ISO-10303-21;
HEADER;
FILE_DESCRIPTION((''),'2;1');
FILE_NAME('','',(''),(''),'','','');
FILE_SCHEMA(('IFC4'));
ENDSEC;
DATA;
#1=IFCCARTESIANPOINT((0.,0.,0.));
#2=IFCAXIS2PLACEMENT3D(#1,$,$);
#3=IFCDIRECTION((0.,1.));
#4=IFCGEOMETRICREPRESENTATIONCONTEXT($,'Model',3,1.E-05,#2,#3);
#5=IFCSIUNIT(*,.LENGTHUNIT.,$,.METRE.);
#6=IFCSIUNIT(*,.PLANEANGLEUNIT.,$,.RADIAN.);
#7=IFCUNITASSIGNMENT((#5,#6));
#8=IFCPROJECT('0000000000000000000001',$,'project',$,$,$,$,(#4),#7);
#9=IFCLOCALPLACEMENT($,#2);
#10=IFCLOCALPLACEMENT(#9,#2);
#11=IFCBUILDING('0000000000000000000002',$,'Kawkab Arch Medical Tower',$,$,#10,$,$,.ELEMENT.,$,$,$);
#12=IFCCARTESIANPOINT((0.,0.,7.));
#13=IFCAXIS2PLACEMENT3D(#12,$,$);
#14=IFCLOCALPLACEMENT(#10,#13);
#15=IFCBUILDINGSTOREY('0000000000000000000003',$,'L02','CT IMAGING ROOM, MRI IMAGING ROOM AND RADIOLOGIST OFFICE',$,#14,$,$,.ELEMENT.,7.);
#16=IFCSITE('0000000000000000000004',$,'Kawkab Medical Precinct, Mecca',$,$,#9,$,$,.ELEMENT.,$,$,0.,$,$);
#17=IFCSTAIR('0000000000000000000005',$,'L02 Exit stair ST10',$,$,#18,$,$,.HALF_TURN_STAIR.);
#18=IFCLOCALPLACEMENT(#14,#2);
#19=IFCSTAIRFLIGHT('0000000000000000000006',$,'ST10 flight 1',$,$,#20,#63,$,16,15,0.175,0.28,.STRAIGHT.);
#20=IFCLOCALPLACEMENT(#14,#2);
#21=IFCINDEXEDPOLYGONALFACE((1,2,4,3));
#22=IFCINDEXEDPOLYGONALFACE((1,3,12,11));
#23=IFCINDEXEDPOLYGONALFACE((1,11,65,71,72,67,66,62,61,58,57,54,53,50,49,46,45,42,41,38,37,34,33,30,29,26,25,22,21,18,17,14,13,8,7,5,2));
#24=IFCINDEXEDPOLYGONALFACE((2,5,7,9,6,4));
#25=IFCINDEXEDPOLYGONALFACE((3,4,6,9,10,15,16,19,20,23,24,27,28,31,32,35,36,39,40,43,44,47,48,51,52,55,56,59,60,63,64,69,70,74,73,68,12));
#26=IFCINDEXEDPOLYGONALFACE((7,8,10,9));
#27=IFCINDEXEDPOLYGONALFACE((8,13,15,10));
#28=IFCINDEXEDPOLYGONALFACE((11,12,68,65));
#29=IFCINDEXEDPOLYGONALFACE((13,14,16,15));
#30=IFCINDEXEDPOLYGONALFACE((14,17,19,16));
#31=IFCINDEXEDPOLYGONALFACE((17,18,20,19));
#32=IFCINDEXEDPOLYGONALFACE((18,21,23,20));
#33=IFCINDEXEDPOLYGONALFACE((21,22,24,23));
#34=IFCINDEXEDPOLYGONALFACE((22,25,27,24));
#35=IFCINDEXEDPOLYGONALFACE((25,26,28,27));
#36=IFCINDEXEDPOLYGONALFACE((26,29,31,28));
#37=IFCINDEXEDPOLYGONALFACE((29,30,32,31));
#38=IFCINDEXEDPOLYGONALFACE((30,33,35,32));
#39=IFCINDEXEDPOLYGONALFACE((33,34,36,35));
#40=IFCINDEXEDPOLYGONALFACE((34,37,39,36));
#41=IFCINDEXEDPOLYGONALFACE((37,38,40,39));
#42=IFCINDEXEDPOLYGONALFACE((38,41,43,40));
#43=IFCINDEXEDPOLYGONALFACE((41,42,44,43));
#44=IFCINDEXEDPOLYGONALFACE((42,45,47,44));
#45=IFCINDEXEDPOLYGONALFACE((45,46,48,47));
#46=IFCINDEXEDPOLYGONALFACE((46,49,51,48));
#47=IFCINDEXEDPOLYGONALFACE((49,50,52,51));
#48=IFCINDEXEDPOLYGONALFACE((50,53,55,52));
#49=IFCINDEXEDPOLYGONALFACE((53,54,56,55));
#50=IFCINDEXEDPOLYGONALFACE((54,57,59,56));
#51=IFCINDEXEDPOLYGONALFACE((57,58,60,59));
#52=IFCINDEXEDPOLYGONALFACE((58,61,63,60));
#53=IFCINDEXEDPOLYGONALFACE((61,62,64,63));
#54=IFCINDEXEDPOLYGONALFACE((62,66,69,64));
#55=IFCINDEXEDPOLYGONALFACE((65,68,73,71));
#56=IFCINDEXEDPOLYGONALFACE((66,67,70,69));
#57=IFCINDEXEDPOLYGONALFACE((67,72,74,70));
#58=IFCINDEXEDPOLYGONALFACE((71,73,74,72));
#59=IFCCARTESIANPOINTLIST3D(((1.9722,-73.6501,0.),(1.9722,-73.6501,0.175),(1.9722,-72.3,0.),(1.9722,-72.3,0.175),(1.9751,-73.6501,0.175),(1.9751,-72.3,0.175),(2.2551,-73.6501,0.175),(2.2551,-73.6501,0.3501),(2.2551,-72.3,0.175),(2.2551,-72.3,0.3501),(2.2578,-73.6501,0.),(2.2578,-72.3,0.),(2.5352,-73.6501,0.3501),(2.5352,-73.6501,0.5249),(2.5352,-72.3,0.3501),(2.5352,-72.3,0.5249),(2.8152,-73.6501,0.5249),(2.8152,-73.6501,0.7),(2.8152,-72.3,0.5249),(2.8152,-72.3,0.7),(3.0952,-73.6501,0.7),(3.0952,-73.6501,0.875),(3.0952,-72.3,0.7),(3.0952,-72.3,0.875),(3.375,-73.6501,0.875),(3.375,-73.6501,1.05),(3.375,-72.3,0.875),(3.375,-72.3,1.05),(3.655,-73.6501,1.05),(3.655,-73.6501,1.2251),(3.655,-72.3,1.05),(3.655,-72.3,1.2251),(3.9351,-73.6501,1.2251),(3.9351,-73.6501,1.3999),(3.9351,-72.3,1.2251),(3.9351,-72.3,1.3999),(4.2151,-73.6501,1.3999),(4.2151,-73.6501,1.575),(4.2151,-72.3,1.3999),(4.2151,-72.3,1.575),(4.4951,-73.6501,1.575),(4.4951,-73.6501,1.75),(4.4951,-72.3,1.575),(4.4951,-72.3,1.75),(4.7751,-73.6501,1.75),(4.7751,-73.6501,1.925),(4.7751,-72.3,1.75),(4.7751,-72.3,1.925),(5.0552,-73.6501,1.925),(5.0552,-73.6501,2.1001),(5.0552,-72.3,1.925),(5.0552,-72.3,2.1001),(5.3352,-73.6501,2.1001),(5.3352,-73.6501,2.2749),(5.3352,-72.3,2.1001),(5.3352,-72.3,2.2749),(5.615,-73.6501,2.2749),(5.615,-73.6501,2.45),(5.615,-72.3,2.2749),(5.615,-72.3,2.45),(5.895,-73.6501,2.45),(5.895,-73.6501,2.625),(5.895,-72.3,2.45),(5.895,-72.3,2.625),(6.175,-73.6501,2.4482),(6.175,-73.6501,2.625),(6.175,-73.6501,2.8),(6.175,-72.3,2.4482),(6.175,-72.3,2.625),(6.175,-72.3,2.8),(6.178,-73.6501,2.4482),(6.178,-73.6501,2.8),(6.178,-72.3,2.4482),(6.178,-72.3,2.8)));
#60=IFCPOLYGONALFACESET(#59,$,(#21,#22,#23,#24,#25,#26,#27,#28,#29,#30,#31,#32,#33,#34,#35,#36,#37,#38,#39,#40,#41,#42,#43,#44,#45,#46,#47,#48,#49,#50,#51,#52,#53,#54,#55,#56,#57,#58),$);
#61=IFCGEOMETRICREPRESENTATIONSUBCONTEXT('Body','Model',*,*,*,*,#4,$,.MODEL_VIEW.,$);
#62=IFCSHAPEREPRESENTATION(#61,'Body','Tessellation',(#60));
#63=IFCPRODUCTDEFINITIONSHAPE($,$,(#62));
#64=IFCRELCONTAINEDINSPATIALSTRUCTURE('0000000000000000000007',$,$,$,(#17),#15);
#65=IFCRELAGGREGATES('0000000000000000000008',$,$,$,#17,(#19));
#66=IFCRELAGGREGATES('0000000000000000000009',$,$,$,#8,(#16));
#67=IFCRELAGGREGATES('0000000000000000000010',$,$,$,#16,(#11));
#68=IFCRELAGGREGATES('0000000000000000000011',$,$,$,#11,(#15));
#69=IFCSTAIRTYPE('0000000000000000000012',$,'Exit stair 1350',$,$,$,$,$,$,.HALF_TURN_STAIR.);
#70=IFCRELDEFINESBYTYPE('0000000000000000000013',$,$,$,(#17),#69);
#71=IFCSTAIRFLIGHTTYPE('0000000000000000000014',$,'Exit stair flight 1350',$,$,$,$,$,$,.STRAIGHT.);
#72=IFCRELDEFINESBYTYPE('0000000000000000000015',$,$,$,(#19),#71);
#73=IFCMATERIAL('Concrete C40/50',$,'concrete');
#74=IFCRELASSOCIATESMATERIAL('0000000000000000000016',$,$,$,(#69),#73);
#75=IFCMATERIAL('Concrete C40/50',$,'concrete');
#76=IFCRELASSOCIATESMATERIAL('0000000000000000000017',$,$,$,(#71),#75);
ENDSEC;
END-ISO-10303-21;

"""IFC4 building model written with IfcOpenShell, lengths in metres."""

from ifc_helpers import new_model, si_unit, direction, frame, origin, place, context, subcontext, project, spatial, polyline, outline, extrude, material, type_object, element, aggregate, save


model = new_model("IFC4")

# Units and contexts
model_context = context("Model", 3, precision=1e-05, world=origin(), true_north=direction((0.0, 1.0)))
body_context = subcontext(model_context, "Body", "Model", "MODEL_VIEW")
ifc_project = project(units=[si_unit("LENGTHUNIT", "METRE"), si_unit("PLANEANGLEUNIT", "RADIAN")], contexts=[model_context])

# Site, building, storey
site_placement = place(None, origin())
site = spatial("IfcSite", under=ifc_project, at=site_placement, Name="Kawkab Medical Precinct, Mecca", CompositionType="ELEMENT", RefElevation=0.0)
building_placement = place(site_placement, origin())
building = spatial("IfcBuilding", under=site, at=building_placement, Name="Kawkab Arch Medical Tower", CompositionType="ELEMENT")
storey_placement = place(building_placement, frame((0.0, 0.0, 7.0)))
storey = spatial("IfcBuildingStorey", under=building, at=storey_placement, Name="L02", Description="CT IMAGING ROOM, MRI IMAGING ROOM AND RADIOLOGIST OFFICE", CompositionType="ELEMENT", Elevation=7.0)

# Stair, stair flight
ifc_material_1 = material(Name="Concrete C40/50", Category="concrete")
stair_type = type_object("IfcStairType", Name="Exit stair 1350", PredefinedType="HALF_TURN_STAIR", material=ifc_material_1)
stair_placement = place(storey_placement, origin())
stair = element("IfcStair", 1, at=stair_placement, inside=storey, type_object=stair_type, Name="L02 Exit stair ST10", PredefinedType="HALF_TURN_STAIR")
ifc_material_2 = material(Name="Concrete C40/50", Category="concrete")
stair_flight_type = type_object("IfcStairFlightType", Name="Exit stair flight 1350", PredefinedType="STRAIGHT", material=ifc_material_2)
stair_flight_placement = place(storey_placement, frame((1.9751, -72.9751, 0.0), z_axis=(0.0, 0.0, 1.0), x_axis=(1.0, 0.0, 0.0)))
stair_flight = element("IfcStairFlight", 2, at=stair_flight_placement, type_object=stair_flight_type, Name="ST10 flight 1", NumberOfRisers=16, NumberOfTreads=15, PredefinedType="STRAIGHT", RiserHeight=0.175, TreadLength=0.28, context=body_context, shape_type="SweptSolid", body=[
    extrude(outline(polyline([(-0.0029, 0.0), (-0.0029, 0.175), (0.0, 0.175), (0.28, 0.175), (0.28, 0.3501), (0.5601, 0.3501), (0.5601, 0.5249), (0.8401, 0.5249), (0.8401, 0.7), (1.1201, 0.7), (1.1201, 0.875), (1.3999, 0.875), (1.3999, 1.05), (1.6799, 1.05), (1.6799, 1.2251), (1.96, 1.2251), (1.96, 1.3999), (2.24, 1.3999), (2.24, 1.575), (2.52, 1.575), (2.52, 1.75), (2.8, 1.75), (2.8, 1.925), (3.0801, 1.925), (3.0801, 2.1001), (3.3601, 2.1001), (3.3601, 2.2749), (3.6399, 2.2749), (3.6399, 2.45), (3.9199, 2.45), (3.9199, 2.625), (4.2, 2.625), (4.2, 2.8), (4.2029, 2.8), (4.2029, 2.4482), (4.2, 2.4482), (0.2827, 0.0), (-0.0029, 0.0)])), frame((0.0, 0.675, 0.0), z_axis=(0.0, -1.0, 0.0), x_axis=(1.0, 0.0, 0.0)), (0.0, 0.0, 1.0), 1.3501),
])
aggregate(stair, [stair_flight])

save(model, "model.ifc")
